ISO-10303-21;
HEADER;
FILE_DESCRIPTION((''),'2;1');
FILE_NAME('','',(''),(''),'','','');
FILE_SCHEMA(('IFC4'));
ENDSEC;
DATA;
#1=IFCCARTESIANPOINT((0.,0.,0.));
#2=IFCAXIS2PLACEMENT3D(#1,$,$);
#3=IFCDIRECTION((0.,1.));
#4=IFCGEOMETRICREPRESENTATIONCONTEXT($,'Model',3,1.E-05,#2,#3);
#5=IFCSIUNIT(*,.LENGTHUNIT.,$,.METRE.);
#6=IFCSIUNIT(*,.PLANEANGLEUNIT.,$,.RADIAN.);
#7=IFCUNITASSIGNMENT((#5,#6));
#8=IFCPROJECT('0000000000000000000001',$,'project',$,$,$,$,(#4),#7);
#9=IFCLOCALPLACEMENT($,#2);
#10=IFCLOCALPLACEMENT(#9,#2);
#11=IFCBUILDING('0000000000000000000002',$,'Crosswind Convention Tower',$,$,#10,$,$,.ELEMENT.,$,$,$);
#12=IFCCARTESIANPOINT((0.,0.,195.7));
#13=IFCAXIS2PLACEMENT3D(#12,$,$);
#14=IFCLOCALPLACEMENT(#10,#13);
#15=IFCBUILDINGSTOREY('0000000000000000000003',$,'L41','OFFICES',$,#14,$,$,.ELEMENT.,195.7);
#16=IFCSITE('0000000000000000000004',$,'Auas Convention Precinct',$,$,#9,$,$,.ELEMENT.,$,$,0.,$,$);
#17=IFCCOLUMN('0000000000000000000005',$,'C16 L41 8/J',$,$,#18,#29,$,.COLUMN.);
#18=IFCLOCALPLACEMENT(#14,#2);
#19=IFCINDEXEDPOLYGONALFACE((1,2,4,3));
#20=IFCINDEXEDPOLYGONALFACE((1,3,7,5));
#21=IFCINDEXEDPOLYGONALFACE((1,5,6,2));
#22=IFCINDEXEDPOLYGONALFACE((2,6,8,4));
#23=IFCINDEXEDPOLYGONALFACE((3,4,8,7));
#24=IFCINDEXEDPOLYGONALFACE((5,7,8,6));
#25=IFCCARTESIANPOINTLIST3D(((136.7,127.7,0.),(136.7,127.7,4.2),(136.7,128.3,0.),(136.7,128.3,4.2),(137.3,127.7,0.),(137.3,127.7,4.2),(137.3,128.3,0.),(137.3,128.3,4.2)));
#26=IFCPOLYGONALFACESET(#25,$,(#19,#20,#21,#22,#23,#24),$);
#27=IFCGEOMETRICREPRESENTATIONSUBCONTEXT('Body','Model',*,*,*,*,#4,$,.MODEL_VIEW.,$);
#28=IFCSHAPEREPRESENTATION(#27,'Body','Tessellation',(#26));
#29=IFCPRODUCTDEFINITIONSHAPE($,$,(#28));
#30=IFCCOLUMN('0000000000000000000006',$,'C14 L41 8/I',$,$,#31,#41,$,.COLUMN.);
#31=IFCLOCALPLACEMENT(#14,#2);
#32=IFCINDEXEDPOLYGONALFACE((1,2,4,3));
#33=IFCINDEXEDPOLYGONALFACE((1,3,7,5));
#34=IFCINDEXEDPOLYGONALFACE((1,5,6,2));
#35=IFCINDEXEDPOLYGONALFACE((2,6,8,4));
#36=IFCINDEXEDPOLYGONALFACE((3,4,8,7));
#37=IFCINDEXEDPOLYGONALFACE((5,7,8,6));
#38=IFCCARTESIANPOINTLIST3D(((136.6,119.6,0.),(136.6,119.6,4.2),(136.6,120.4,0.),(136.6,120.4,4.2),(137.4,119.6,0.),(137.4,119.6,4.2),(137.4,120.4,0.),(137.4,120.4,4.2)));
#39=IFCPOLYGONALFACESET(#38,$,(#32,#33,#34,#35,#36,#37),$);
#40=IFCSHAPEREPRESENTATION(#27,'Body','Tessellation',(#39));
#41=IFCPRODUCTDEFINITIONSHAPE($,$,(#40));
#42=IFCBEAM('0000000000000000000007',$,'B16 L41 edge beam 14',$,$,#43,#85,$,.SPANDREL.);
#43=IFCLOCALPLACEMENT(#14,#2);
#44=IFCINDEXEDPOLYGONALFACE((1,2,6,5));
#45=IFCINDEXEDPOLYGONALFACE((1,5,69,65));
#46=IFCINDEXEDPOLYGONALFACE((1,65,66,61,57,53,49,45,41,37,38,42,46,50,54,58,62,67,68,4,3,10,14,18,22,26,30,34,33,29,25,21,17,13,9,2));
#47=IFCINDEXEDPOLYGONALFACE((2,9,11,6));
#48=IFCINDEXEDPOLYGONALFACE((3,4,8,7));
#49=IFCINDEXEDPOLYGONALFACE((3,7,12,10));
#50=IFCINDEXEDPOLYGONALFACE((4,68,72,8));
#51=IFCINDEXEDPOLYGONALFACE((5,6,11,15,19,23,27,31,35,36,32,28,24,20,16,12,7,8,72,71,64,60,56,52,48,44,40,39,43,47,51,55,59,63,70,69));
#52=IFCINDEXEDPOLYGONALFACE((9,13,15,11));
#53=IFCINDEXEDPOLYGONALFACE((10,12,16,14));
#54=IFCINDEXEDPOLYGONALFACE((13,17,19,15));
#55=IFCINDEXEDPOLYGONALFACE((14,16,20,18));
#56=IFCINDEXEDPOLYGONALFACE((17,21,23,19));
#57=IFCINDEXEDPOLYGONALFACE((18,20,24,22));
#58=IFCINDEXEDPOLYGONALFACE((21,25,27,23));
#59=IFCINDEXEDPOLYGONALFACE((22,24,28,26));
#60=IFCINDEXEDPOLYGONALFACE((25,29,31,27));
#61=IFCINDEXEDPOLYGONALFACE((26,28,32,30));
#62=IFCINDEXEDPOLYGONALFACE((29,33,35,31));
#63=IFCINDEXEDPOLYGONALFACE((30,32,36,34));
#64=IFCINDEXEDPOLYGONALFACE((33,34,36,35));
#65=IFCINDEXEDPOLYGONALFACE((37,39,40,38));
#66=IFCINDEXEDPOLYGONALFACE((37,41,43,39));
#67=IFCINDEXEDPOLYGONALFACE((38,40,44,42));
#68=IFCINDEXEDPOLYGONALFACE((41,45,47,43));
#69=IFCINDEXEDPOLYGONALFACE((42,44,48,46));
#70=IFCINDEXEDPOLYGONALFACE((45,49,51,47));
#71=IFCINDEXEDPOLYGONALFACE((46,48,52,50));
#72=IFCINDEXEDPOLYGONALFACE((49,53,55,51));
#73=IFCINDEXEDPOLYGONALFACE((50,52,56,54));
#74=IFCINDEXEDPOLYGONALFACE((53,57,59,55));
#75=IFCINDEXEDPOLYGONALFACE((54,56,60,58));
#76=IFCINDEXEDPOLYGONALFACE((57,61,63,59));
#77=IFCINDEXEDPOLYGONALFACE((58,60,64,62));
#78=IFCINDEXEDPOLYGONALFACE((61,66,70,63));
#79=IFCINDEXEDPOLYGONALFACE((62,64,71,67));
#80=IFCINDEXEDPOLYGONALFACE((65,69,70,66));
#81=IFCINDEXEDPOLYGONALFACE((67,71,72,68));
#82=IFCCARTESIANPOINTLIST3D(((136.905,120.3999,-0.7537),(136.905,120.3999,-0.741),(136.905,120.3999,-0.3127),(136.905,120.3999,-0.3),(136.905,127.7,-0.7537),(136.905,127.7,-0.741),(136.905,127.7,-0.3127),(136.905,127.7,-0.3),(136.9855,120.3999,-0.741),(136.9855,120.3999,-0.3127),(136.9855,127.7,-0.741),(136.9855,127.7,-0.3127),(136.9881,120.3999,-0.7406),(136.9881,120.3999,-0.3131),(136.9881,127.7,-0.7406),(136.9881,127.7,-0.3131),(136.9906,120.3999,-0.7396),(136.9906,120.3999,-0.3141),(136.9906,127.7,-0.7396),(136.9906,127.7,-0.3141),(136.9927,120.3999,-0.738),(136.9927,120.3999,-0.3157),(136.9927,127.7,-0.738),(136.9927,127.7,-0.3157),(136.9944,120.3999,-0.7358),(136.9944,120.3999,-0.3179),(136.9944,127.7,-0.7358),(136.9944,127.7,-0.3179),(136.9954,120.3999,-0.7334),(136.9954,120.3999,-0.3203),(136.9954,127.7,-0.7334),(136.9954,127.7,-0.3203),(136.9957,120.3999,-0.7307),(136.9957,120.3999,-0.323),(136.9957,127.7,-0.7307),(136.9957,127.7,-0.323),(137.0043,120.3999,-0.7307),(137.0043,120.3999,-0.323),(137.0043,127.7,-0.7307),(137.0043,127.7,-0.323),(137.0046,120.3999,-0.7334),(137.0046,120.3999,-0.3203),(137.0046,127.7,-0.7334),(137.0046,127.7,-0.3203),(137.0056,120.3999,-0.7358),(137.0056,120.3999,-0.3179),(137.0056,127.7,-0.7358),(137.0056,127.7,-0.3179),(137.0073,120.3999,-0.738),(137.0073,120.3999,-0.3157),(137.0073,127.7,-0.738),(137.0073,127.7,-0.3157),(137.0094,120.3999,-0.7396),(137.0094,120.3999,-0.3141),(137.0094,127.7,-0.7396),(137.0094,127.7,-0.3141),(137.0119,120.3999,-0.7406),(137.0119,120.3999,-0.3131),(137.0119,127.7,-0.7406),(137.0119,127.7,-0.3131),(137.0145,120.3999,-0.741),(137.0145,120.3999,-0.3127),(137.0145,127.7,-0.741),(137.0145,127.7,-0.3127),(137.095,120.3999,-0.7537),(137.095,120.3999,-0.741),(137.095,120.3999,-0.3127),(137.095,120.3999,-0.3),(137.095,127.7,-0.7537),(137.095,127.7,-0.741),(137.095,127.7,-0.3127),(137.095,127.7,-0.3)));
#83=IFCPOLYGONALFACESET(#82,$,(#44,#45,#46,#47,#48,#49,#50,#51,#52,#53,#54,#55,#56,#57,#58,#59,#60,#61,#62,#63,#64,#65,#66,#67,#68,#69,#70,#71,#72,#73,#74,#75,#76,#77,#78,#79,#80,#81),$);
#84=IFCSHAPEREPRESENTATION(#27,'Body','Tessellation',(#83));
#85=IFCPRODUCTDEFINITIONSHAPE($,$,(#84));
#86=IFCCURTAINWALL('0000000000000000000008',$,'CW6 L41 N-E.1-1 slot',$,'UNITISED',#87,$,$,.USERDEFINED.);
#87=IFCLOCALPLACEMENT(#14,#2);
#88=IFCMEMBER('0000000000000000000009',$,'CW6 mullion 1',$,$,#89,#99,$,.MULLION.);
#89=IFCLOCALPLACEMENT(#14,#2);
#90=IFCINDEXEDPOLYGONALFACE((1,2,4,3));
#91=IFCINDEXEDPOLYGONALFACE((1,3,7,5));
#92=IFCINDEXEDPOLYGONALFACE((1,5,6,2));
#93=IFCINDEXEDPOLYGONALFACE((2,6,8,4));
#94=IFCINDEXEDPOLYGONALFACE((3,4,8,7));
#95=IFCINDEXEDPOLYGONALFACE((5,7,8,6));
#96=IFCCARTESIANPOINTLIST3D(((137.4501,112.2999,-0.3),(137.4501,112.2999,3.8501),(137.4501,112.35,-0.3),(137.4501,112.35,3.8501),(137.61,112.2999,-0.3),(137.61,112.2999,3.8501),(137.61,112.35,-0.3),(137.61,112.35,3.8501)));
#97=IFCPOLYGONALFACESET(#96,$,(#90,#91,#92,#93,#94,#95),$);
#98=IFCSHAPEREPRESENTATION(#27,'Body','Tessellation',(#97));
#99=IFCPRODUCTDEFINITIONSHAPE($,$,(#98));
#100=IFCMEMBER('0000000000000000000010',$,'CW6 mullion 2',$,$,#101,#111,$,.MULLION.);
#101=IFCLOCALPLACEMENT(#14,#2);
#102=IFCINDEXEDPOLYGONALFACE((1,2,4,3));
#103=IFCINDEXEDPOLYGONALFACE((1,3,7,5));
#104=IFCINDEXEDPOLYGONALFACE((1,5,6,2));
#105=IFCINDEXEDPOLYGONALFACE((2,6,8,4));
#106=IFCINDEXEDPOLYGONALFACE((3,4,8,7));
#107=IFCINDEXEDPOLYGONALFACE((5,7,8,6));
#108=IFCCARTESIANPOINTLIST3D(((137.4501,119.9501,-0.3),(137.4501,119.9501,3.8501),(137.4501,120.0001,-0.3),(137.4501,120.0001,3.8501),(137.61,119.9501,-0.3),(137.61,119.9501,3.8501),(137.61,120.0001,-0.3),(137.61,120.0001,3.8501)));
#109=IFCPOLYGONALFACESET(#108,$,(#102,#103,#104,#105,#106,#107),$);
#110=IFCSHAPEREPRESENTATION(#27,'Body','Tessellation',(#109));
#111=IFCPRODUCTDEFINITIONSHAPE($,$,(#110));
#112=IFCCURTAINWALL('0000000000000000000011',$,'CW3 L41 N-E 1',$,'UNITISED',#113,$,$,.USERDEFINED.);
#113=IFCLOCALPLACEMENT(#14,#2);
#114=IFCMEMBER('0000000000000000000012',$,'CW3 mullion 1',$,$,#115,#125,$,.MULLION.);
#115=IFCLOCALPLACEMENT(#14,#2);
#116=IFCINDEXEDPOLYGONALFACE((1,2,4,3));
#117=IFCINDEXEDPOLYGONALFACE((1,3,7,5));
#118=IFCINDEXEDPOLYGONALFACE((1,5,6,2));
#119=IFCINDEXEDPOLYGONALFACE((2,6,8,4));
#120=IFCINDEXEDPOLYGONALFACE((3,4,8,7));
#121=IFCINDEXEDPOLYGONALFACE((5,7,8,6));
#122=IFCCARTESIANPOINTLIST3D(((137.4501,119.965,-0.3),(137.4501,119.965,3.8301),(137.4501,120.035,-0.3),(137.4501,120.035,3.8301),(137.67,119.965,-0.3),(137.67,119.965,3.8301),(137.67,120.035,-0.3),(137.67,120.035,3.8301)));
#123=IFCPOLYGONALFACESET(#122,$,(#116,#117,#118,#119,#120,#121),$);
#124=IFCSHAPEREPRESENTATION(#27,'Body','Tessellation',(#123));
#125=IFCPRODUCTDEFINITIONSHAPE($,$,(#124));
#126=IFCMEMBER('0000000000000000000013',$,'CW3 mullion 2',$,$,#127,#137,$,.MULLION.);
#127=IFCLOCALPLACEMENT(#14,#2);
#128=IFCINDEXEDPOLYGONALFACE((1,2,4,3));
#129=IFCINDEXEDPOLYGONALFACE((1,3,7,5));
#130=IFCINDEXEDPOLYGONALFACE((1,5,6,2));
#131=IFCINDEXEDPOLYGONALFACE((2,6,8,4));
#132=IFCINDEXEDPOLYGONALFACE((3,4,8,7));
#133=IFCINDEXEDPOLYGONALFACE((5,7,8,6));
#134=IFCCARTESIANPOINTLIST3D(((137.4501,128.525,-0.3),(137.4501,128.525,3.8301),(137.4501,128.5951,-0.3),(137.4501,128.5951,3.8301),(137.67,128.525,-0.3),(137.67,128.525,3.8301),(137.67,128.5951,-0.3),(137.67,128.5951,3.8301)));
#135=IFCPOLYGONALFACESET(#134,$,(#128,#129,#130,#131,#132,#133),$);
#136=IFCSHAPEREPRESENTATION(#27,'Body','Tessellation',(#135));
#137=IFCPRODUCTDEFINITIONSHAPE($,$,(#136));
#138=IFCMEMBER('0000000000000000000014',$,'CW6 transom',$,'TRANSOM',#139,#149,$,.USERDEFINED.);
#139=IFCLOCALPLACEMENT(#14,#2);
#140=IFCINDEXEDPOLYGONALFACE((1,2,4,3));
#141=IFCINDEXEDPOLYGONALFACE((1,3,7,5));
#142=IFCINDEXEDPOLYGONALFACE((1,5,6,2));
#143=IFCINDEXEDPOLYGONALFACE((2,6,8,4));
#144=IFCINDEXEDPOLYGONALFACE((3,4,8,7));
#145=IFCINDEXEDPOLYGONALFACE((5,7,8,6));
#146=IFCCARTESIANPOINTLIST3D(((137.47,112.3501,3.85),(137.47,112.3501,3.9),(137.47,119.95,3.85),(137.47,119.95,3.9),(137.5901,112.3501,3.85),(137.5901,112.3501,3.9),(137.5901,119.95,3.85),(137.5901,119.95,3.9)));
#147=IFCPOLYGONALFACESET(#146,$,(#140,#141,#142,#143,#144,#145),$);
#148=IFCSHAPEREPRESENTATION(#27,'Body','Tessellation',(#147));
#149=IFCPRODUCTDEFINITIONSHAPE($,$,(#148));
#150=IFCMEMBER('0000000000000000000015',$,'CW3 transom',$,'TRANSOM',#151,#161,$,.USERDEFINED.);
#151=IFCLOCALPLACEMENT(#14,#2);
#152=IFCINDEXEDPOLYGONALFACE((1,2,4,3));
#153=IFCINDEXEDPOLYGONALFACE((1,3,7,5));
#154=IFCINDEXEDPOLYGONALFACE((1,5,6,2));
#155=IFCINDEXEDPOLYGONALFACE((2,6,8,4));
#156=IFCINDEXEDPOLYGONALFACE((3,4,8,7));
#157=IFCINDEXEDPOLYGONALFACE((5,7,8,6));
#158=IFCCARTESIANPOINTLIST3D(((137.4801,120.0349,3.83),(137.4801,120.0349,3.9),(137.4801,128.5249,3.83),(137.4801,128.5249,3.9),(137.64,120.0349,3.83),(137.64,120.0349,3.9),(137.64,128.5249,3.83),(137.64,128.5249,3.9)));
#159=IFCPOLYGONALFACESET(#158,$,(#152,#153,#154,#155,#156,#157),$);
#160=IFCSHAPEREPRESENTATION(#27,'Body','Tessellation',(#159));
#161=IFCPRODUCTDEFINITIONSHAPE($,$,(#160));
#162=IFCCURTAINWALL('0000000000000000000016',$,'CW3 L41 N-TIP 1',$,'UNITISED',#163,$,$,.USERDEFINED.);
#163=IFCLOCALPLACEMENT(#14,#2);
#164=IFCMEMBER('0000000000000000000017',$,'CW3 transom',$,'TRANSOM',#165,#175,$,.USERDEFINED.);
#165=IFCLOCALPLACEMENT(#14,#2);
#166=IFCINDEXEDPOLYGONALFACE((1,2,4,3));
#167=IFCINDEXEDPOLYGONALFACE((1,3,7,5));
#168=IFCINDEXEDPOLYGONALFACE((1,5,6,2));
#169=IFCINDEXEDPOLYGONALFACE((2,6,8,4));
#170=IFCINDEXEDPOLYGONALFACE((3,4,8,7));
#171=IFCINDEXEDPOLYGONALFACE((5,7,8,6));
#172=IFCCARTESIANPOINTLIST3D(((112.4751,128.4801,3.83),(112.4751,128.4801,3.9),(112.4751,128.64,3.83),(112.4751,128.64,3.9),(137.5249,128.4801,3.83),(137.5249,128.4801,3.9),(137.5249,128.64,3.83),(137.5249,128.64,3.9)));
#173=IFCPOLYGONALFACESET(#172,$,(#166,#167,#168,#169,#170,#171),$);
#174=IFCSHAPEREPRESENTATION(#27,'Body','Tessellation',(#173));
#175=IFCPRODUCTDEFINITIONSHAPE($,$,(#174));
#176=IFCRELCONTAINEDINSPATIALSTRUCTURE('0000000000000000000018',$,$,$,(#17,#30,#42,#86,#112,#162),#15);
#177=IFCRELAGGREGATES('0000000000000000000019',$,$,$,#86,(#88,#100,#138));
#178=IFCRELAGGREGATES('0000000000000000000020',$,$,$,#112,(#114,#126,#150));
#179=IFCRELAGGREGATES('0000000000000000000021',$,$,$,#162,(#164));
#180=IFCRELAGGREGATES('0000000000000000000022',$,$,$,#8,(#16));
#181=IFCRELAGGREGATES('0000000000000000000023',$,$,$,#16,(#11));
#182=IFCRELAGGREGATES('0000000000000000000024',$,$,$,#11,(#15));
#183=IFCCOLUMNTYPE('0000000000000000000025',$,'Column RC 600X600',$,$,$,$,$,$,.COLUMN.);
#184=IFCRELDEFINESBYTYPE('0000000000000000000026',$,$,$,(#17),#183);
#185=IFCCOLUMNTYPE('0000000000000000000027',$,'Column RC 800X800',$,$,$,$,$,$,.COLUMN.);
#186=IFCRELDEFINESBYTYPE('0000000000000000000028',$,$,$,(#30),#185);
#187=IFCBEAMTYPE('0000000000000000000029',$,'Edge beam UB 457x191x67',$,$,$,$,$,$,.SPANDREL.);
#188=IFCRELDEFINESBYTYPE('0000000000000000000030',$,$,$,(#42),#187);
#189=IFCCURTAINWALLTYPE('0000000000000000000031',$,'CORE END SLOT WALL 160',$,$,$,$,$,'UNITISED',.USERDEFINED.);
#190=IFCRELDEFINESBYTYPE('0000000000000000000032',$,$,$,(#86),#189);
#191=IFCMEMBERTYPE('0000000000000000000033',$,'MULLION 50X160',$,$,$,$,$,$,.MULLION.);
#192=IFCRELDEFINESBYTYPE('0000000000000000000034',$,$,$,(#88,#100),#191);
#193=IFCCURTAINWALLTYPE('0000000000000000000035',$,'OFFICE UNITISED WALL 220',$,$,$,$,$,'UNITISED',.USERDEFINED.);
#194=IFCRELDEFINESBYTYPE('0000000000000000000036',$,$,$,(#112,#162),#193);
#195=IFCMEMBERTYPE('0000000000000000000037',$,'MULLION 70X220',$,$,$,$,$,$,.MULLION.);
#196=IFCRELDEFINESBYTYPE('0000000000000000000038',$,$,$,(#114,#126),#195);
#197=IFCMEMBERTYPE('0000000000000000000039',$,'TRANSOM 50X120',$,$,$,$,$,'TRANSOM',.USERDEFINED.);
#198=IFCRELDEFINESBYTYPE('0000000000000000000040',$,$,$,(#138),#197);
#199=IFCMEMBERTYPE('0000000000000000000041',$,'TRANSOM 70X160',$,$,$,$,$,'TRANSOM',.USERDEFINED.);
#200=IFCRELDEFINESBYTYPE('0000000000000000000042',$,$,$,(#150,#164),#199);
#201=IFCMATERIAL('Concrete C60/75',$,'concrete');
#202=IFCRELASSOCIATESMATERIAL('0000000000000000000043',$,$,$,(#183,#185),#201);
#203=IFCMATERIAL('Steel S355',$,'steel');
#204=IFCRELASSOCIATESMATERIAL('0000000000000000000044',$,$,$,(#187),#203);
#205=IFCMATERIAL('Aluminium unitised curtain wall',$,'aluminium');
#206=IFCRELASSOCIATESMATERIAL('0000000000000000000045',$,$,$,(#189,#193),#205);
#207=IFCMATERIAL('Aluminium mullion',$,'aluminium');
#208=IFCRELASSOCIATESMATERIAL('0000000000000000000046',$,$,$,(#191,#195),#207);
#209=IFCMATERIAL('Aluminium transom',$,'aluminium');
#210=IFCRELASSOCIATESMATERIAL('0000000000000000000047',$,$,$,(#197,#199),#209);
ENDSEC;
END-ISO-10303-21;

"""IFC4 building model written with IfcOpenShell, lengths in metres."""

from ifc_helpers import new_model, si_unit, direction, frame, origin, origin_2d, place, context, subcontext, project, spatial, rectangle, i_section, extrude, material, material_profile, profile_set, type_object, element, aggregate, save


model = new_model("IFC4")

# Units and contexts
model_context = context("Model", 3, precision=1e-05, world=origin(), true_north=direction((0.0, 1.0)))
body_context = subcontext(model_context, "Body", "Model", "MODEL_VIEW")
ifc_project = project(units=[si_unit("LENGTHUNIT", "METRE"), si_unit("PLANEANGLEUNIT", "RADIAN")], contexts=[model_context])

# Site, building, storey
site_placement = place(None, origin())
site = spatial("IfcSite", under=ifc_project, at=site_placement, Name="Auas Convention Precinct", CompositionType="ELEMENT", RefElevation=0.0)
building_placement = place(site_placement, origin())
building = spatial("IfcBuilding", under=site, at=building_placement, Name="Crosswind Convention Tower", CompositionType="ELEMENT")
storey_placement = place(building_placement, frame((0.0, 0.0, 195.7)))
storey = spatial("IfcBuildingStorey", under=building, at=storey_placement, Name="L41", Description="OFFICES", CompositionType="ELEMENT", Elevation=195.7)

# Columns
ifc_material_1 = material(Name="Concrete C60/75", Category="concrete")
ifc_material_profile_1 = material_profile(ifc_material_1, rectangle(XDim=0.6001, YDim=0.6001, at=origin_2d()), Name="RC 600X600")
ifc_profile_set_1 = profile_set([ifc_material_profile_1], Name="Concrete C60/75")
column_type_1 = type_object("IfcColumnType", Name="Column RC 600X600", PredefinedType="COLUMN", material=ifc_profile_set_1)
column_1_placement = place(storey_placement, frame((137.0, 128.0, 0.0), z_axis=(0.0, 0.0, 1.0), x_axis=(1.0, 0.0, 0.0)))
element("IfcColumn", 1, at=column_1_placement, inside=storey, type_object=column_type_1, Name="C16 L41 8/J", PredefinedType="COLUMN", context=body_context, shape_type="SweptSolid", body=[
    extrude(rectangle(XDim=0.6001, YDim=0.6001, at=origin_2d()), origin(), (0.0, 0.0, 1.0), 4.2),
])
ifc_material_profile_2 = material_profile(ifc_material_1, rectangle(XDim=0.8, YDim=0.8, at=origin_2d()), Name="RC 800X800")
ifc_profile_set_2 = profile_set([ifc_material_profile_2], Name="Concrete C60/75")
column_type_2 = type_object("IfcColumnType", Name="Column RC 800X800", PredefinedType="COLUMN", material=ifc_profile_set_2)
column_2_placement = place(storey_placement, frame((137.0, 120.0, 0.0), z_axis=(0.0, 0.0, 1.0), x_axis=(1.0, 0.0, 0.0)))
element("IfcColumn", 2, at=column_2_placement, inside=storey, type_object=column_type_2, Name="C14 L41 8/I", PredefinedType="COLUMN", context=body_context, shape_type="SweptSolid", body=[
    extrude(rectangle(XDim=0.8, YDim=0.8, at=origin_2d()), origin(), (0.0, 0.0, 1.0), 4.2),
])

# Beam
ifc_material_2 = material(Name="Steel S355", Category="steel")
ifc_material_profile_3 = material_profile(ifc_material_2, i_section(OverallWidth=0.1899, OverallDepth=0.4536, WebThickness=0.0085, FlangeThickness=0.0127, FilletRadius=0.0103, at=origin_2d()), Name="UB 457x191x67")
ifc_profile_set_3 = profile_set([ifc_material_profile_3], Name="Steel S355")
beam_type = type_object("IfcBeamType", Name="Edge beam UB 457x191x67", PredefinedType="SPANDREL", material=ifc_profile_set_3)
beam_placement = place(storey_placement, frame((137.0, 120.3999, -0.5269), z_axis=(0.0, 1.0, 0.0), x_axis=(-1.0, 0.0, 0.0)))
element("IfcBeam", 3, at=beam_placement, inside=storey, type_object=beam_type, Name="B16 L41 edge beam 14", PredefinedType="SPANDREL", context=body_context, shape_type="SweptSolid", body=[
    extrude(i_section(OverallWidth=0.1899, OverallDepth=0.4536, WebThickness=0.0085, FlangeThickness=0.0127, FilletRadius=0.0103, at=origin_2d()), origin(), (0.0, 0.0, 1.0), 7.3),
])

# Curtain walls, members
ifc_material_3 = material(Name="Aluminium unitised curtain wall", Category="aluminium")
curtain_wall_type_1 = type_object("IfcCurtainWallType", Name="CORE END SLOT WALL 160", ElementType="UNITISED", PredefinedType="USERDEFINED", material=ifc_material_3)
curtain_wall_1_placement = place(storey_placement, origin())
curtain_wall_1 = element("IfcCurtainWall", 4, at=curtain_wall_1_placement, inside=storey, type_object=curtain_wall_type_1, Name="CW6 L41 N-E.1-1 slot", ObjectType="UNITISED", PredefinedType="USERDEFINED")
ifc_material_4 = material(Name="Aluminium mullion", Category="aluminium")
ifc_material_profile_4 = material_profile(ifc_material_4, rectangle(XDim=0.1599, YDim=0.05, at=origin_2d()), Name="AL 160X50")
ifc_profile_set_4 = profile_set([ifc_material_profile_4], Name="Aluminium mullion")
member_type_1 = type_object("IfcMemberType", Name="MULLION 50X160", PredefinedType="MULLION", material=ifc_profile_set_4)
member_1_placement = place(storey_placement, frame((137.53, 112.325, -0.3), z_axis=(0.0, 0.0, 1.0), x_axis=(1.0, 0.0, 0.0)))
member_1 = element("IfcMember", 5, at=member_1_placement, type_object=member_type_1, Name="CW6 mullion 1", PredefinedType="MULLION", context=body_context, shape_type="SweptSolid", body=[
    extrude(rectangle(XDim=0.1599, YDim=0.05, at=origin_2d()), origin(), (0.0, 0.0, 1.0), 4.1501),
])
member_2_placement = place(storey_placement, frame((137.53, 119.9751, -0.3), z_axis=(0.0, 0.0, 1.0), x_axis=(1.0, 0.0, 0.0)))
member_2 = element("IfcMember", 6, at=member_2_placement, type_object=member_type_1, Name="CW6 mullion 2", PredefinedType="MULLION", context=body_context, shape_type="SweptSolid", body=[
    extrude(rectangle(XDim=0.1599, YDim=0.05, at=origin_2d()), origin(), (0.0, 0.0, 1.0), 4.1501),
])
curtain_wall_type_2 = type_object("IfcCurtainWallType", Name="OFFICE UNITISED WALL 220", ElementType="UNITISED", PredefinedType="USERDEFINED", material=ifc_material_3)
curtain_wall_2_placement = place(storey_placement, origin())
curtain_wall_2 = element("IfcCurtainWall", 7, at=curtain_wall_2_placement, inside=storey, type_object=curtain_wall_type_2, Name="CW3 L41 N-E 1", ObjectType="UNITISED", PredefinedType="USERDEFINED")
ifc_material_profile_5 = material_profile(ifc_material_4, rectangle(XDim=0.22, YDim=0.0701, at=origin_2d()), Name="AL 220X70")
ifc_profile_set_5 = profile_set([ifc_material_profile_5], Name="Aluminium mullion")
member_type_2 = type_object("IfcMemberType", Name="MULLION 70X220", PredefinedType="MULLION", material=ifc_profile_set_5)
member_3_placement = place(storey_placement, frame((137.5601, 120.0, -0.3), z_axis=(0.0, 0.0, 1.0), x_axis=(1.0, 0.0, 0.0)))
member_3 = element("IfcMember", 8, at=member_3_placement, type_object=member_type_2, Name="CW3 mullion 1", PredefinedType="MULLION", context=body_context, shape_type="SweptSolid", body=[
    extrude(rectangle(XDim=0.22, YDim=0.0701, at=origin_2d()), origin(), (0.0, 0.0, 1.0), 4.1301),
])
member_4_placement = place(storey_placement, frame((137.5601, 128.5601, -0.3), z_axis=(0.0, 0.0, 1.0), x_axis=(1.0, 0.0, 0.0)))
member_4 = element("IfcMember", 9, at=member_4_placement, type_object=member_type_2, Name="CW3 mullion 2", PredefinedType="MULLION", context=body_context, shape_type="SweptSolid", body=[
    extrude(rectangle(XDim=0.22, YDim=0.0701, at=origin_2d()), origin(), (0.0, 0.0, 1.0), 4.1301),
])

# Members
ifc_material_5 = material(Name="Aluminium transom", Category="aluminium")
ifc_material_profile_6 = material_profile(ifc_material_5, rectangle(XDim=0.1201, YDim=0.05, at=origin_2d()), Name="AL 120X50")
ifc_profile_set_6 = profile_set([ifc_material_profile_6], Name="Aluminium transom")
member_type_3 = type_object("IfcMemberType", Name="TRANSOM 50X120", ElementType="TRANSOM", PredefinedType="USERDEFINED", material=ifc_profile_set_6)
member_5_placement = place(storey_placement, frame((137.53, 112.3501, 3.875), z_axis=(0.0, 1.0, 0.0), x_axis=(-1.0, 0.0, 0.0)))
member_5 = element("IfcMember", 10, at=member_5_placement, type_object=member_type_3, Name="CW6 transom", ObjectType="TRANSOM", PredefinedType="USERDEFINED", context=body_context, shape_type="SweptSolid", body=[
    extrude(rectangle(XDim=0.1201, YDim=0.05, at=origin_2d()), origin(), (0.0, 0.0, 1.0), 7.5999),
])
ifc_material_profile_7 = material_profile(ifc_material_5, rectangle(XDim=0.1599, YDim=0.0701, at=origin_2d()), Name="AL 160X70")
ifc_profile_set_7 = profile_set([ifc_material_profile_7], Name="Aluminium transom")
member_type_4 = type_object("IfcMemberType", Name="TRANSOM 70X160", ElementType="TRANSOM", PredefinedType="USERDEFINED", material=ifc_profile_set_7)
member_6_placement = place(storey_placement, frame((137.5601, 120.0349, 3.865), z_axis=(0.0, 1.0, 0.0), x_axis=(-1.0, 0.0, 0.0)))
member_6 = element("IfcMember", 11, at=member_6_placement, type_object=member_type_4, Name="CW3 transom", ObjectType="TRANSOM", PredefinedType="USERDEFINED", context=body_context, shape_type="SweptSolid", body=[
    extrude(rectangle(XDim=0.1599, YDim=0.0701, at=origin_2d()), origin(), (0.0, 0.0, 1.0), 8.49),
])

# Curtain wall, member
curtain_wall_3_placement = place(storey_placement, origin())
curtain_wall_3 = element("IfcCurtainWall", 12, at=curtain_wall_3_placement, inside=storey, type_object=curtain_wall_type_2, Name="CW3 L41 N-TIP 1", ObjectType="UNITISED", PredefinedType="USERDEFINED")
member_7_placement = place(storey_placement, frame((137.5249, 128.5601, 3.865), z_axis=(-1.0, 0.0, 0.0), x_axis=(0.0, -1.0, 0.0)))
member_7 = element("IfcMember", 13, at=member_7_placement, type_object=member_type_4, Name="CW3 transom", ObjectType="TRANSOM", PredefinedType="USERDEFINED", context=body_context, shape_type="SweptSolid", body=[
    extrude(rectangle(XDim=0.1599, YDim=0.0701, at=origin_2d()), origin(), (0.0, 0.0, 1.0), 25.0498),
])

aggregate(curtain_wall_1, [member_1, member_2, member_5])

aggregate(curtain_wall_2, [member_3, member_4, member_6])
aggregate(curtain_wall_3, [member_7])

save(model, "model.ifc")
